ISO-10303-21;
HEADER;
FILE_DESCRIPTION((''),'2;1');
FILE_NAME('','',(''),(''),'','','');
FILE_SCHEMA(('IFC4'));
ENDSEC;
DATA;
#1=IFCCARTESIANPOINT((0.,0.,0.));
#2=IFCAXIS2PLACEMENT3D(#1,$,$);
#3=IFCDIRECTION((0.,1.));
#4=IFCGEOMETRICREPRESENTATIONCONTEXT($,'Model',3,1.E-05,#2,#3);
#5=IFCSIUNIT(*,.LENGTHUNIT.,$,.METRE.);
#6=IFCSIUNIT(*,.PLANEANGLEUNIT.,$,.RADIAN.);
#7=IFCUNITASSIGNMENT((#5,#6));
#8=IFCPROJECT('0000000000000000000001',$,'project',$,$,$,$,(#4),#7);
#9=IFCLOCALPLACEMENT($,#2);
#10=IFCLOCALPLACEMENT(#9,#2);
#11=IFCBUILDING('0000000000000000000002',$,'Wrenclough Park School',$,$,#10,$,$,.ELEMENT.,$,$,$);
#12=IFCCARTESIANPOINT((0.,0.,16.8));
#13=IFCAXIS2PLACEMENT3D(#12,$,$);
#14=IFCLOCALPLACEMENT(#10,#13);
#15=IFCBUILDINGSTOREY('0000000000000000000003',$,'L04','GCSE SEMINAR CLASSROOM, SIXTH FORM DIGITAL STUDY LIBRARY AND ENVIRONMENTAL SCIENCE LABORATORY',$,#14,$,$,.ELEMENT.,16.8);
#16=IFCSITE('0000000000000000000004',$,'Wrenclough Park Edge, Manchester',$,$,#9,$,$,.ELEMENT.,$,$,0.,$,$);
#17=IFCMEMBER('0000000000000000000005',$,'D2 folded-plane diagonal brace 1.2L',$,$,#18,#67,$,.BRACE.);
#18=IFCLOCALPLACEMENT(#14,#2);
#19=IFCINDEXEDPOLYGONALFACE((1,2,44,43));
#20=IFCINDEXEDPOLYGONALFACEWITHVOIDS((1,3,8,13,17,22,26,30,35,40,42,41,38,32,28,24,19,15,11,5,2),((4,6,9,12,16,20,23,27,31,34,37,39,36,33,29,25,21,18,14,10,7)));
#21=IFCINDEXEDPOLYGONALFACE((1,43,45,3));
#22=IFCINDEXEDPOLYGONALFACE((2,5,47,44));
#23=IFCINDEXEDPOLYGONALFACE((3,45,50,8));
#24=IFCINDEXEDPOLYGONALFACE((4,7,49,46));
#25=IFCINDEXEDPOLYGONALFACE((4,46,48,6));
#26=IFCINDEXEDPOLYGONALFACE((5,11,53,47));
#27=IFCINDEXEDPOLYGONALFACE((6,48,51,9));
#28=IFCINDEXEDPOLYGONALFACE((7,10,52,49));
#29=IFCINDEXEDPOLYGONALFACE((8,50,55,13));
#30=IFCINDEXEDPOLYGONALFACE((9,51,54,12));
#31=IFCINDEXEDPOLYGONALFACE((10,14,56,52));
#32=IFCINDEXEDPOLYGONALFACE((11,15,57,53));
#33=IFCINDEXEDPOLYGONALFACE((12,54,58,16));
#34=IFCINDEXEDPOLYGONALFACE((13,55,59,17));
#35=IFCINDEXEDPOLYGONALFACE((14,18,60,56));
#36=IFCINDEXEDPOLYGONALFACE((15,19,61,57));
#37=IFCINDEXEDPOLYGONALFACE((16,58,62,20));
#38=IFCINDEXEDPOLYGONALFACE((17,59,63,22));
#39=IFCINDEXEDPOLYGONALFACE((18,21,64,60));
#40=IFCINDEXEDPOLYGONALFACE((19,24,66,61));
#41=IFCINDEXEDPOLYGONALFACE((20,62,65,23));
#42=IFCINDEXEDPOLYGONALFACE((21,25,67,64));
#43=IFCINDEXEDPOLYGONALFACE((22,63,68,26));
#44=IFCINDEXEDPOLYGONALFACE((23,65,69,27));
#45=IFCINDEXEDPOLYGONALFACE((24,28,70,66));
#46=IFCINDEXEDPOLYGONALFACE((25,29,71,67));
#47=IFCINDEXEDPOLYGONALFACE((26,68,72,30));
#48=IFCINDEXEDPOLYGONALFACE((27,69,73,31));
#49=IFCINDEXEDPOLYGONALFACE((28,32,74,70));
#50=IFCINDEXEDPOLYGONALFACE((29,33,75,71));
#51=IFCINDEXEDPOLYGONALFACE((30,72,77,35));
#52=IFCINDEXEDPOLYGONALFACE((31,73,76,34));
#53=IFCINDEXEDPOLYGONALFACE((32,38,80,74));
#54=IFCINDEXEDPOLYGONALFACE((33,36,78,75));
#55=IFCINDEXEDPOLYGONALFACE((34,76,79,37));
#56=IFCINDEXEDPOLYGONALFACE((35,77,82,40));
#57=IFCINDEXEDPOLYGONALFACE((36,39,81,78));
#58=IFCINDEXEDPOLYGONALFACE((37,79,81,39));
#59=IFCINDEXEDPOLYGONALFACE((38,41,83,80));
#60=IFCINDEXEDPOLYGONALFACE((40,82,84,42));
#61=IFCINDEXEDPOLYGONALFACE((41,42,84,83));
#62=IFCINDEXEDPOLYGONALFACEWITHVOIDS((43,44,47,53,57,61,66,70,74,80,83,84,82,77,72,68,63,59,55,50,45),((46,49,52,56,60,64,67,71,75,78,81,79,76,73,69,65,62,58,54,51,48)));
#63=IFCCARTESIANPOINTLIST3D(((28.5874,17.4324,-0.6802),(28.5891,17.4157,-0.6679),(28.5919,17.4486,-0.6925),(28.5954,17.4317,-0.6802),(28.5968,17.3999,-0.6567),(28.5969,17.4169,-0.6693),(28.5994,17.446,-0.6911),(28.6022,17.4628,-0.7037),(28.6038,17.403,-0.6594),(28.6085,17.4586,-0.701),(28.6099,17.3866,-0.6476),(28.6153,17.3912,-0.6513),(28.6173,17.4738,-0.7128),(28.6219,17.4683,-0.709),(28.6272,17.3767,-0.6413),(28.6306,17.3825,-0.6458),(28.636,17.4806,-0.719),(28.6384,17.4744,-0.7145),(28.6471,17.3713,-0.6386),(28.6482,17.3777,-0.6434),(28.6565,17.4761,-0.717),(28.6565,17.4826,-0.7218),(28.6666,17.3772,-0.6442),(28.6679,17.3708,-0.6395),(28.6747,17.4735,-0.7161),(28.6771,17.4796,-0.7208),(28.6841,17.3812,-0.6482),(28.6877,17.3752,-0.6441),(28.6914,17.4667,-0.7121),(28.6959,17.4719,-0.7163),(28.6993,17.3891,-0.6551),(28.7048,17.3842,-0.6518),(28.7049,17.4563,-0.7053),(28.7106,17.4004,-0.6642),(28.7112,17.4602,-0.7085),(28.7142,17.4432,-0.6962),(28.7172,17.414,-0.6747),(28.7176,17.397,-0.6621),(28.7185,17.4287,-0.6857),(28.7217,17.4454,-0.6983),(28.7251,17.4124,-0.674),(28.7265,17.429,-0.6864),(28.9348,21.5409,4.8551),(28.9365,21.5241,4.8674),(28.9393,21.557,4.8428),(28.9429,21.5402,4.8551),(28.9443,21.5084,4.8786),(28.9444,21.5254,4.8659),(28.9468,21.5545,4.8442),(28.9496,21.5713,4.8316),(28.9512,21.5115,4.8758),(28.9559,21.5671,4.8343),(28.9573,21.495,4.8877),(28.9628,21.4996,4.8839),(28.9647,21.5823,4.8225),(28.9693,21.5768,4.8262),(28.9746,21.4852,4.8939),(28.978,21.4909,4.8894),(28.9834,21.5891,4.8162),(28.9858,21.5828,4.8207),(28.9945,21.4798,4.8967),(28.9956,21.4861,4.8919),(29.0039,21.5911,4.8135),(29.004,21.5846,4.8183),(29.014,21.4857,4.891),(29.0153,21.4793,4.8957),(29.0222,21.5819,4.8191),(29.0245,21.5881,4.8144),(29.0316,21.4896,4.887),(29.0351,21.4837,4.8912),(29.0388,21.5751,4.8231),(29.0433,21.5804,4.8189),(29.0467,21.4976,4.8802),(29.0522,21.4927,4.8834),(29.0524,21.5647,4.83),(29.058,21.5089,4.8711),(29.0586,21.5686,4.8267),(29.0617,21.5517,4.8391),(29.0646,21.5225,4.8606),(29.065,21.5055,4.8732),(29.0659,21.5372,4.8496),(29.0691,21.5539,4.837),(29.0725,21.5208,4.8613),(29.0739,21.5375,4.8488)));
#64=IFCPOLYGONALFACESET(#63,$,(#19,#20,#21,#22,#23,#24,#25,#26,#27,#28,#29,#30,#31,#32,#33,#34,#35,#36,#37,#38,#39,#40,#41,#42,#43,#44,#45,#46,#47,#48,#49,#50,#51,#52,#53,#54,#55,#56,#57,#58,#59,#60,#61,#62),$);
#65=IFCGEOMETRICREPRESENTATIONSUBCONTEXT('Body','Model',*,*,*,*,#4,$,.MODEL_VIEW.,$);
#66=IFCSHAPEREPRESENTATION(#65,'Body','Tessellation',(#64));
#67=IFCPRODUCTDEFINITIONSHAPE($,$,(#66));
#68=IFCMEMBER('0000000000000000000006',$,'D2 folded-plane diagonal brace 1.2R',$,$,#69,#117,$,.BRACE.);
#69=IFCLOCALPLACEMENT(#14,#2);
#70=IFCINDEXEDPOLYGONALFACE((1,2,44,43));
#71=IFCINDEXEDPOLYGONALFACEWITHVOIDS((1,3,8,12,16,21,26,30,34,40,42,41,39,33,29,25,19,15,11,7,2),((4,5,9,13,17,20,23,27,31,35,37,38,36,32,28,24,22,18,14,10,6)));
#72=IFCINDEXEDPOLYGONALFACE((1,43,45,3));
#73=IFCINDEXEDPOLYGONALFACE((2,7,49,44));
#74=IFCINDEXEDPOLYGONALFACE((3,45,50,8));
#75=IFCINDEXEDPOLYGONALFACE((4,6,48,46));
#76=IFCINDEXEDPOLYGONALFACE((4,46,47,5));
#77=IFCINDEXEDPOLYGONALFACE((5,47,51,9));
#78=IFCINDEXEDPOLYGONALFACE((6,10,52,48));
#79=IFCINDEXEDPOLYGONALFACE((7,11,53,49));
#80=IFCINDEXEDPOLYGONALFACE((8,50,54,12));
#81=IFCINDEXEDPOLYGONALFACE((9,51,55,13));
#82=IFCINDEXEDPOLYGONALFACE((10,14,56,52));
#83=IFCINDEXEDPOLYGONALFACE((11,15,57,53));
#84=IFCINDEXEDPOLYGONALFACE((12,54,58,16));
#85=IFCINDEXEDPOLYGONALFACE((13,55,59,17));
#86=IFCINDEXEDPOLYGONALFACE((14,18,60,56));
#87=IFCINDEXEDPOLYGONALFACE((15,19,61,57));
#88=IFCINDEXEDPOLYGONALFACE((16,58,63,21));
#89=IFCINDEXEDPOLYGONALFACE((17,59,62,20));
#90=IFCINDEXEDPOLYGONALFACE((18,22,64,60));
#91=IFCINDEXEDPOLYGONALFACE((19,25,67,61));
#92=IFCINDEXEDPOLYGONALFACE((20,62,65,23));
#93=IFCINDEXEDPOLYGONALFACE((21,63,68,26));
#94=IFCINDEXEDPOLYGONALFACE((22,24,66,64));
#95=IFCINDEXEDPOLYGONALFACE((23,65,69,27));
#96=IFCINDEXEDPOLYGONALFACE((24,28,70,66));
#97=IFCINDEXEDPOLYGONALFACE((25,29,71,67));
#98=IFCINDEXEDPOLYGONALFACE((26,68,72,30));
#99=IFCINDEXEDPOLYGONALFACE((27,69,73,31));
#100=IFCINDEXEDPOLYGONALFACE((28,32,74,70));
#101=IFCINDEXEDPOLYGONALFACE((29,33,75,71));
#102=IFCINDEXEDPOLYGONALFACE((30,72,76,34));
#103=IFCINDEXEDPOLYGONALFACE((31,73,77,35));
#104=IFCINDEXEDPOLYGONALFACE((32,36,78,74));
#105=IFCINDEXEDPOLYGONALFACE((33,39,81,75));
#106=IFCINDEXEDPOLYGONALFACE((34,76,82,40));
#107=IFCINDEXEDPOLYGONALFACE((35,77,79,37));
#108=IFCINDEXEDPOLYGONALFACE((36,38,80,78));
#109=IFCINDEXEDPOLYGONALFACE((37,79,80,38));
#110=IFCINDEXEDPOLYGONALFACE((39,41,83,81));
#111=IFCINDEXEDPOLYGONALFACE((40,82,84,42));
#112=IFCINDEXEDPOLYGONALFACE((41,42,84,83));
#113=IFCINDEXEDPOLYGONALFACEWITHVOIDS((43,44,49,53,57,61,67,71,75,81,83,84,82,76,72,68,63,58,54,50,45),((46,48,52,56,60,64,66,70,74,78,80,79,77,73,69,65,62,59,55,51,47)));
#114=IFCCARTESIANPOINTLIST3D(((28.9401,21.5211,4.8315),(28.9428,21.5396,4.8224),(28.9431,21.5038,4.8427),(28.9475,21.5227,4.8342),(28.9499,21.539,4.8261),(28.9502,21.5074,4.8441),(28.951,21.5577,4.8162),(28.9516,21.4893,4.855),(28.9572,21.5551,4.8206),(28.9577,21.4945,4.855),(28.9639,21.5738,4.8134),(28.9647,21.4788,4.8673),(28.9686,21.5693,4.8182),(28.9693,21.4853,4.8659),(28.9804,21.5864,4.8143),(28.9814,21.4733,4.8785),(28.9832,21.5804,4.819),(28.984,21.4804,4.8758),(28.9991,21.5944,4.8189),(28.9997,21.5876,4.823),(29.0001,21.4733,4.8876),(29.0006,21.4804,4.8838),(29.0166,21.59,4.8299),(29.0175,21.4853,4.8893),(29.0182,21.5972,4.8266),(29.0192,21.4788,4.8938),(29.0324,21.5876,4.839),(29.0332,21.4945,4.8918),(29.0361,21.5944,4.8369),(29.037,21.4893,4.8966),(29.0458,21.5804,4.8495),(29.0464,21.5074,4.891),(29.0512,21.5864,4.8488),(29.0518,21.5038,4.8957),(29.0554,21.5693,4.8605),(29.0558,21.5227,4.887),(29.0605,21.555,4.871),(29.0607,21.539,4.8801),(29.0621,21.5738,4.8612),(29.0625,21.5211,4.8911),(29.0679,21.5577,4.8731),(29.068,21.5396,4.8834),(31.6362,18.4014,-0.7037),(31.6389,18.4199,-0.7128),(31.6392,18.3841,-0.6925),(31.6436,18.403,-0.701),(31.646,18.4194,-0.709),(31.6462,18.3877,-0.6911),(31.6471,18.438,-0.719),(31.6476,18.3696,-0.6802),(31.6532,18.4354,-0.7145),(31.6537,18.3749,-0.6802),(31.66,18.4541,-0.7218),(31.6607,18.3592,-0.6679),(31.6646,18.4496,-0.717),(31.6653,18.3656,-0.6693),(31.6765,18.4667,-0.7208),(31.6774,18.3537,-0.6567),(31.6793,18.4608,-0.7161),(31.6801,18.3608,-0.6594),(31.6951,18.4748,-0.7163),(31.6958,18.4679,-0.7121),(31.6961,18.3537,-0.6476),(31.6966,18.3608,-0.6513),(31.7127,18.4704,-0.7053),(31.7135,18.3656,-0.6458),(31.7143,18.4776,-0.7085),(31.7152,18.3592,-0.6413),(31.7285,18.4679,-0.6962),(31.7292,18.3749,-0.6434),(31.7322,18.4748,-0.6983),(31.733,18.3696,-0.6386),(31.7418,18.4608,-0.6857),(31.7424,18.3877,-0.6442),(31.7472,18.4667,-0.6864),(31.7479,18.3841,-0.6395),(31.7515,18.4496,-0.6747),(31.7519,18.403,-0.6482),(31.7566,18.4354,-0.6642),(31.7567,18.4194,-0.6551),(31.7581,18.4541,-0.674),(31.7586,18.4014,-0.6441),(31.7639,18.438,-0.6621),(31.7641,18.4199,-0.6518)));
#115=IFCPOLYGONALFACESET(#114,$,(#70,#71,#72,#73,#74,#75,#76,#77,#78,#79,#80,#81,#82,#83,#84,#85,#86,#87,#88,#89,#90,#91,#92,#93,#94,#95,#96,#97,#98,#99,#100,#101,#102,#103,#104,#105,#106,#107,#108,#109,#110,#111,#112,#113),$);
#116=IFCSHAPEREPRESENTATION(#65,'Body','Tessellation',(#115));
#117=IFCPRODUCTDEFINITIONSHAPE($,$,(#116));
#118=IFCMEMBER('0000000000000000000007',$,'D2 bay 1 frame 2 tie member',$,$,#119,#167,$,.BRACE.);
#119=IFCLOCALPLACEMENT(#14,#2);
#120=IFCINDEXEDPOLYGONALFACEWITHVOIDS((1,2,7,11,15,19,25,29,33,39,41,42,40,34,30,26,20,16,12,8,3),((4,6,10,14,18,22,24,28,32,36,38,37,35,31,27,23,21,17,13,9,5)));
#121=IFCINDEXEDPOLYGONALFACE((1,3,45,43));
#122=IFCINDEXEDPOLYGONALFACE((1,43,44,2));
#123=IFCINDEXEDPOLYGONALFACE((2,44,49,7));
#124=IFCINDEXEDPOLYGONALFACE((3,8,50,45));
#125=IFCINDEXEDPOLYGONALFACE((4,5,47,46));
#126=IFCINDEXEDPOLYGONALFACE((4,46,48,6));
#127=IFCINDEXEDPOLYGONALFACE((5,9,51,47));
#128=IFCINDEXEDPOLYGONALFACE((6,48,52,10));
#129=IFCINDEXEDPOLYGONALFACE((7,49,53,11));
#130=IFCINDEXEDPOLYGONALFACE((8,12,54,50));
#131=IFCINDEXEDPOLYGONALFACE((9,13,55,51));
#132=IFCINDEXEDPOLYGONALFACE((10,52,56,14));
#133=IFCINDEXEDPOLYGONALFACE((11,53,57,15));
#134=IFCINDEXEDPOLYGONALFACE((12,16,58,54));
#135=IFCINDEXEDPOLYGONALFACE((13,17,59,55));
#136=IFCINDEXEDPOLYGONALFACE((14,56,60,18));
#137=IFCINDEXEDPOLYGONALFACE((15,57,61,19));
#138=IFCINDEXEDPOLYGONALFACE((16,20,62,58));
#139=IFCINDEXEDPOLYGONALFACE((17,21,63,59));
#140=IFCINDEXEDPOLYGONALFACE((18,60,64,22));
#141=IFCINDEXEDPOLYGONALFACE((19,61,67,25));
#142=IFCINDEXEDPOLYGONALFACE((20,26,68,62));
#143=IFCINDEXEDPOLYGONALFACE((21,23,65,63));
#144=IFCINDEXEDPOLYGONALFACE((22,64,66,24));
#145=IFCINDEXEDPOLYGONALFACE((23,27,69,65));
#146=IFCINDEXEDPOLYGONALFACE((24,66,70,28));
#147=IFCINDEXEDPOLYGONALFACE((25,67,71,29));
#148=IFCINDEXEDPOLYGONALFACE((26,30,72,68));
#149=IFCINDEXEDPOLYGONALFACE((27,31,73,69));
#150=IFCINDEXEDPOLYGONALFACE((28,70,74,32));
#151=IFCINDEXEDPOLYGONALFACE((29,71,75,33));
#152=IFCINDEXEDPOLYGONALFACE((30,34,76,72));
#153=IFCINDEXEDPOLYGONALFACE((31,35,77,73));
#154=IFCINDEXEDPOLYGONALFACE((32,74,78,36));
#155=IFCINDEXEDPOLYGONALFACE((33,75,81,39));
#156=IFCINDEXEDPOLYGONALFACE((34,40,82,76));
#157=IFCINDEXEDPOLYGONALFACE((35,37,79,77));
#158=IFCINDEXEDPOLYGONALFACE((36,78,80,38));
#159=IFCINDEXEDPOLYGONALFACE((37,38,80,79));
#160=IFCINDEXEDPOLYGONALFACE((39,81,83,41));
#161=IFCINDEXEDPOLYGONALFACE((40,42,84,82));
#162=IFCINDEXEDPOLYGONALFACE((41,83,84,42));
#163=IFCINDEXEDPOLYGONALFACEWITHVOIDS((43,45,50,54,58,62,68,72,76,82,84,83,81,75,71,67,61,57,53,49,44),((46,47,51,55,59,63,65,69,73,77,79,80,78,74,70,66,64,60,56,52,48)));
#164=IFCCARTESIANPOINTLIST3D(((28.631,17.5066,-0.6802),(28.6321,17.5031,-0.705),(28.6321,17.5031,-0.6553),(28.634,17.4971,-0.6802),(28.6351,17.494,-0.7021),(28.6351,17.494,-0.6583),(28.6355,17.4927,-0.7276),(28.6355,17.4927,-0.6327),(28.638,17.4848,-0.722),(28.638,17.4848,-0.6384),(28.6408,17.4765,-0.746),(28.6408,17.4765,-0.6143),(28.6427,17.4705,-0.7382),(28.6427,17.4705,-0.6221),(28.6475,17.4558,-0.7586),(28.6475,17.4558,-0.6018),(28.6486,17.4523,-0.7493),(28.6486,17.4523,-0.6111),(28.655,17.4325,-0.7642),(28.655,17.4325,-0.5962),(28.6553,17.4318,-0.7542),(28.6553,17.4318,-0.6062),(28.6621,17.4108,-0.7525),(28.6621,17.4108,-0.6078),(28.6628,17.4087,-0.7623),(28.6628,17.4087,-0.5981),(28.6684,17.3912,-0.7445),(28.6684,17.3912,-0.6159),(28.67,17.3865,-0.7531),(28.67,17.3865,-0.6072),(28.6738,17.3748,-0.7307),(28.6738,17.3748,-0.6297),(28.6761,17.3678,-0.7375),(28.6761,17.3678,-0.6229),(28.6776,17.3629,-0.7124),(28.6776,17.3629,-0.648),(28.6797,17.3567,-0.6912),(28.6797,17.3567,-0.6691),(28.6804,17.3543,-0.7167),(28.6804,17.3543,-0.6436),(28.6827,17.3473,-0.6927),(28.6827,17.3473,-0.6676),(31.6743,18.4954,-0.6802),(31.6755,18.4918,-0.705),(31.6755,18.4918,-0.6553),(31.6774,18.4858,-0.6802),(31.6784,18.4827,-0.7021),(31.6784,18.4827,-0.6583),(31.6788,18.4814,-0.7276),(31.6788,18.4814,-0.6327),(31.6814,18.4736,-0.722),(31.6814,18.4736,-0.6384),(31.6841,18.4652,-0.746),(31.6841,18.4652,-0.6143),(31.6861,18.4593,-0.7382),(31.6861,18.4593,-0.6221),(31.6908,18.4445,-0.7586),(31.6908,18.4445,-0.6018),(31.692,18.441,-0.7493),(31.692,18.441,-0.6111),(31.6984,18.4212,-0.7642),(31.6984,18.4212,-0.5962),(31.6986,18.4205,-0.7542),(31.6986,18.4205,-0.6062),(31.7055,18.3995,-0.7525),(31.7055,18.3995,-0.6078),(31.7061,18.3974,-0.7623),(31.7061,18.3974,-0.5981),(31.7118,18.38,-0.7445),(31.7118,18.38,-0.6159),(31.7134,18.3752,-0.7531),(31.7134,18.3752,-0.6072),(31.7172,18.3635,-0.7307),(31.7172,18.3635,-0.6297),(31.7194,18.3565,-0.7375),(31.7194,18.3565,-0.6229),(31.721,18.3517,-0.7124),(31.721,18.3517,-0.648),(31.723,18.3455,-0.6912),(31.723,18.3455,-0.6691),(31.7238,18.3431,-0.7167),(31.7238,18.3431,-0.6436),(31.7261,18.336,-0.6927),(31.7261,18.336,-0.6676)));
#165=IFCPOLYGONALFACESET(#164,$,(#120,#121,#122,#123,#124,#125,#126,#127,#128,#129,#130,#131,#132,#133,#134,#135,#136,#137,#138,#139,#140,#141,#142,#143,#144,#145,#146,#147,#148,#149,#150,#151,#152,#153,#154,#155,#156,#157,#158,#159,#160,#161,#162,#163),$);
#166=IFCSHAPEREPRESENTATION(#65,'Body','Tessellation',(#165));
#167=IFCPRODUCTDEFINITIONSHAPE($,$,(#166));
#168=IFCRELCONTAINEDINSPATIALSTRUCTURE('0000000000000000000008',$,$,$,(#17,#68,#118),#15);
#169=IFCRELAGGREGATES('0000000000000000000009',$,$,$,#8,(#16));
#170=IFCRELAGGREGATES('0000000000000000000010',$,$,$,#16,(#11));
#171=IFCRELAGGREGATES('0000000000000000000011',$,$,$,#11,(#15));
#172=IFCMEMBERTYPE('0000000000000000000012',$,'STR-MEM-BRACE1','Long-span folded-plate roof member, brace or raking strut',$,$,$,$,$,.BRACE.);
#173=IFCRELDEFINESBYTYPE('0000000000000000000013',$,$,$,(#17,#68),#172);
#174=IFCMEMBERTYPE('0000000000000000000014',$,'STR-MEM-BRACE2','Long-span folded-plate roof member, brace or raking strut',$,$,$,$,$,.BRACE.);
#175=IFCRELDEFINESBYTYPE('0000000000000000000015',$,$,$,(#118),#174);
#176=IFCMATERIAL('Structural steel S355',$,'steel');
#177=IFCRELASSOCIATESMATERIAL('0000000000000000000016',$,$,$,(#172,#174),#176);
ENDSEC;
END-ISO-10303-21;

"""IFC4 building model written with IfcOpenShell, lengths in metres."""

from ifc_helpers import new_model, si_unit, direction, frame, origin, origin_2d, place, context, subcontext, project, spatial, hollow_circle, extrude, material, material_profile, profile_set, type_object, element, save


model = new_model("IFC4")

# Units and contexts
model_context = context("Model", 3, precision=1e-05, world=origin(), true_north=direction((0.0, 1.0)))
body_context = subcontext(model_context, "Body", "Model", "MODEL_VIEW")
ifc_project = project(units=[si_unit("LENGTHUNIT", "METRE"), si_unit("PLANEANGLEUNIT", "RADIAN")], contexts=[model_context])

# Site, building, storey
site_placement = place(None, origin())
site = spatial("IfcSite", under=ifc_project, at=site_placement, Name="Wrenclough Park Edge, Manchester", CompositionType="ELEMENT", RefElevation=0.0)
building_placement = place(site_placement, origin())
building = spatial("IfcBuilding", under=site, at=building_placement, Name="Wrenclough Park School", CompositionType="ELEMENT")
storey_placement = place(building_placement, frame((0.0, 0.0, 16.8)))
storey = spatial("IfcBuildingStorey", under=building, at=storey_placement, Name="L04", Description="GCSE SEMINAR CLASSROOM, SIXTH FORM DIGITAL STUDY LIBRARY AND ENVIRONMENTAL SCIENCE LABORATORY", CompositionType="ELEMENT", Elevation=16.8)

# Shared definitions
ifc_material_1 = material(Name="Structural steel S355", Category="steel")

# Members
ifc_material_profile_1 = material_profile(ifc_material_1, hollow_circle(Radius=0.0698, WallThickness=0.0081, at=origin_2d()), Name="CHS 139.7x8.0")
ifc_profile_set_1 = profile_set([ifc_material_profile_1], Name="Structural steel S355")
member_type_1 = type_object("IfcMemberType", Name="STR-MEM-BRACE1", Description="Long-span folded-plate roof member, brace or raking strut", PredefinedType="BRACE", material=ifc_profile_set_1)
for number, where, z_axis, x_axis, name in (
    (1, (28.657, 17.4265, -0.6802), (0.050335, 0.595248, 0.801964), (-0.996444, 0.084261, 0.0), "D2 folded-plane diagonal brace 1.2L"),
    (2, (31.7004, 18.4153, -0.6802), (-0.390613, 0.451984, 0.801955), (-0.756605, -0.653873, 0.0), "D2 folded-plane diagonal brace 1.2R"),
):
    element("IfcMember", number, at=place(storey_placement, frame(where, z_axis=z_axis, x_axis=x_axis)), inside=storey, type_object=member_type_1, Name=name, PredefinedType="BRACE", context=body_context, shape_type="SweptSolid", body=[
        extrude(hollow_circle(Radius=0.0698, WallThickness=0.0081, at=origin_2d()), origin(), (0.0, 0.0, 1.0), 6.9021),
    ])
ifc_material_profile_2 = material_profile(ifc_material_1, hollow_circle(Radius=0.0842, WallThickness=0.01, at=origin_2d()), Name="CHS 168.3x10.0")
ifc_profile_set_2 = profile_set([ifc_material_profile_2], Name="Structural steel S355")
member_type_2 = type_object("IfcMemberType", Name="STR-MEM-BRACE2", Description="Long-span folded-plate roof member, brace or raking strut", PredefinedType="BRACE", material=ifc_profile_set_2)
for number, where, z_axis, x_axis, name in (
    (3, (28.657, 17.4265, -0.6802), (0.951067, 0.308986, 0.0), (-0.308986, 0.951067, 0.0), "D2 bay 1 frame 2 tie member"),
):
    element("IfcMember", number, at=place(storey_placement, frame(where, z_axis=z_axis, x_axis=x_axis)), inside=storey, type_object=member_type_2, Name=name, PredefinedType="BRACE", context=body_context, shape_type="SweptSolid", body=[
        extrude(hollow_circle(Radius=0.0842, WallThickness=0.01, at=origin_2d()), origin(), (0.0, 0.0, 1.0), 3.2),
    ])

save(model, "model.ifc")
